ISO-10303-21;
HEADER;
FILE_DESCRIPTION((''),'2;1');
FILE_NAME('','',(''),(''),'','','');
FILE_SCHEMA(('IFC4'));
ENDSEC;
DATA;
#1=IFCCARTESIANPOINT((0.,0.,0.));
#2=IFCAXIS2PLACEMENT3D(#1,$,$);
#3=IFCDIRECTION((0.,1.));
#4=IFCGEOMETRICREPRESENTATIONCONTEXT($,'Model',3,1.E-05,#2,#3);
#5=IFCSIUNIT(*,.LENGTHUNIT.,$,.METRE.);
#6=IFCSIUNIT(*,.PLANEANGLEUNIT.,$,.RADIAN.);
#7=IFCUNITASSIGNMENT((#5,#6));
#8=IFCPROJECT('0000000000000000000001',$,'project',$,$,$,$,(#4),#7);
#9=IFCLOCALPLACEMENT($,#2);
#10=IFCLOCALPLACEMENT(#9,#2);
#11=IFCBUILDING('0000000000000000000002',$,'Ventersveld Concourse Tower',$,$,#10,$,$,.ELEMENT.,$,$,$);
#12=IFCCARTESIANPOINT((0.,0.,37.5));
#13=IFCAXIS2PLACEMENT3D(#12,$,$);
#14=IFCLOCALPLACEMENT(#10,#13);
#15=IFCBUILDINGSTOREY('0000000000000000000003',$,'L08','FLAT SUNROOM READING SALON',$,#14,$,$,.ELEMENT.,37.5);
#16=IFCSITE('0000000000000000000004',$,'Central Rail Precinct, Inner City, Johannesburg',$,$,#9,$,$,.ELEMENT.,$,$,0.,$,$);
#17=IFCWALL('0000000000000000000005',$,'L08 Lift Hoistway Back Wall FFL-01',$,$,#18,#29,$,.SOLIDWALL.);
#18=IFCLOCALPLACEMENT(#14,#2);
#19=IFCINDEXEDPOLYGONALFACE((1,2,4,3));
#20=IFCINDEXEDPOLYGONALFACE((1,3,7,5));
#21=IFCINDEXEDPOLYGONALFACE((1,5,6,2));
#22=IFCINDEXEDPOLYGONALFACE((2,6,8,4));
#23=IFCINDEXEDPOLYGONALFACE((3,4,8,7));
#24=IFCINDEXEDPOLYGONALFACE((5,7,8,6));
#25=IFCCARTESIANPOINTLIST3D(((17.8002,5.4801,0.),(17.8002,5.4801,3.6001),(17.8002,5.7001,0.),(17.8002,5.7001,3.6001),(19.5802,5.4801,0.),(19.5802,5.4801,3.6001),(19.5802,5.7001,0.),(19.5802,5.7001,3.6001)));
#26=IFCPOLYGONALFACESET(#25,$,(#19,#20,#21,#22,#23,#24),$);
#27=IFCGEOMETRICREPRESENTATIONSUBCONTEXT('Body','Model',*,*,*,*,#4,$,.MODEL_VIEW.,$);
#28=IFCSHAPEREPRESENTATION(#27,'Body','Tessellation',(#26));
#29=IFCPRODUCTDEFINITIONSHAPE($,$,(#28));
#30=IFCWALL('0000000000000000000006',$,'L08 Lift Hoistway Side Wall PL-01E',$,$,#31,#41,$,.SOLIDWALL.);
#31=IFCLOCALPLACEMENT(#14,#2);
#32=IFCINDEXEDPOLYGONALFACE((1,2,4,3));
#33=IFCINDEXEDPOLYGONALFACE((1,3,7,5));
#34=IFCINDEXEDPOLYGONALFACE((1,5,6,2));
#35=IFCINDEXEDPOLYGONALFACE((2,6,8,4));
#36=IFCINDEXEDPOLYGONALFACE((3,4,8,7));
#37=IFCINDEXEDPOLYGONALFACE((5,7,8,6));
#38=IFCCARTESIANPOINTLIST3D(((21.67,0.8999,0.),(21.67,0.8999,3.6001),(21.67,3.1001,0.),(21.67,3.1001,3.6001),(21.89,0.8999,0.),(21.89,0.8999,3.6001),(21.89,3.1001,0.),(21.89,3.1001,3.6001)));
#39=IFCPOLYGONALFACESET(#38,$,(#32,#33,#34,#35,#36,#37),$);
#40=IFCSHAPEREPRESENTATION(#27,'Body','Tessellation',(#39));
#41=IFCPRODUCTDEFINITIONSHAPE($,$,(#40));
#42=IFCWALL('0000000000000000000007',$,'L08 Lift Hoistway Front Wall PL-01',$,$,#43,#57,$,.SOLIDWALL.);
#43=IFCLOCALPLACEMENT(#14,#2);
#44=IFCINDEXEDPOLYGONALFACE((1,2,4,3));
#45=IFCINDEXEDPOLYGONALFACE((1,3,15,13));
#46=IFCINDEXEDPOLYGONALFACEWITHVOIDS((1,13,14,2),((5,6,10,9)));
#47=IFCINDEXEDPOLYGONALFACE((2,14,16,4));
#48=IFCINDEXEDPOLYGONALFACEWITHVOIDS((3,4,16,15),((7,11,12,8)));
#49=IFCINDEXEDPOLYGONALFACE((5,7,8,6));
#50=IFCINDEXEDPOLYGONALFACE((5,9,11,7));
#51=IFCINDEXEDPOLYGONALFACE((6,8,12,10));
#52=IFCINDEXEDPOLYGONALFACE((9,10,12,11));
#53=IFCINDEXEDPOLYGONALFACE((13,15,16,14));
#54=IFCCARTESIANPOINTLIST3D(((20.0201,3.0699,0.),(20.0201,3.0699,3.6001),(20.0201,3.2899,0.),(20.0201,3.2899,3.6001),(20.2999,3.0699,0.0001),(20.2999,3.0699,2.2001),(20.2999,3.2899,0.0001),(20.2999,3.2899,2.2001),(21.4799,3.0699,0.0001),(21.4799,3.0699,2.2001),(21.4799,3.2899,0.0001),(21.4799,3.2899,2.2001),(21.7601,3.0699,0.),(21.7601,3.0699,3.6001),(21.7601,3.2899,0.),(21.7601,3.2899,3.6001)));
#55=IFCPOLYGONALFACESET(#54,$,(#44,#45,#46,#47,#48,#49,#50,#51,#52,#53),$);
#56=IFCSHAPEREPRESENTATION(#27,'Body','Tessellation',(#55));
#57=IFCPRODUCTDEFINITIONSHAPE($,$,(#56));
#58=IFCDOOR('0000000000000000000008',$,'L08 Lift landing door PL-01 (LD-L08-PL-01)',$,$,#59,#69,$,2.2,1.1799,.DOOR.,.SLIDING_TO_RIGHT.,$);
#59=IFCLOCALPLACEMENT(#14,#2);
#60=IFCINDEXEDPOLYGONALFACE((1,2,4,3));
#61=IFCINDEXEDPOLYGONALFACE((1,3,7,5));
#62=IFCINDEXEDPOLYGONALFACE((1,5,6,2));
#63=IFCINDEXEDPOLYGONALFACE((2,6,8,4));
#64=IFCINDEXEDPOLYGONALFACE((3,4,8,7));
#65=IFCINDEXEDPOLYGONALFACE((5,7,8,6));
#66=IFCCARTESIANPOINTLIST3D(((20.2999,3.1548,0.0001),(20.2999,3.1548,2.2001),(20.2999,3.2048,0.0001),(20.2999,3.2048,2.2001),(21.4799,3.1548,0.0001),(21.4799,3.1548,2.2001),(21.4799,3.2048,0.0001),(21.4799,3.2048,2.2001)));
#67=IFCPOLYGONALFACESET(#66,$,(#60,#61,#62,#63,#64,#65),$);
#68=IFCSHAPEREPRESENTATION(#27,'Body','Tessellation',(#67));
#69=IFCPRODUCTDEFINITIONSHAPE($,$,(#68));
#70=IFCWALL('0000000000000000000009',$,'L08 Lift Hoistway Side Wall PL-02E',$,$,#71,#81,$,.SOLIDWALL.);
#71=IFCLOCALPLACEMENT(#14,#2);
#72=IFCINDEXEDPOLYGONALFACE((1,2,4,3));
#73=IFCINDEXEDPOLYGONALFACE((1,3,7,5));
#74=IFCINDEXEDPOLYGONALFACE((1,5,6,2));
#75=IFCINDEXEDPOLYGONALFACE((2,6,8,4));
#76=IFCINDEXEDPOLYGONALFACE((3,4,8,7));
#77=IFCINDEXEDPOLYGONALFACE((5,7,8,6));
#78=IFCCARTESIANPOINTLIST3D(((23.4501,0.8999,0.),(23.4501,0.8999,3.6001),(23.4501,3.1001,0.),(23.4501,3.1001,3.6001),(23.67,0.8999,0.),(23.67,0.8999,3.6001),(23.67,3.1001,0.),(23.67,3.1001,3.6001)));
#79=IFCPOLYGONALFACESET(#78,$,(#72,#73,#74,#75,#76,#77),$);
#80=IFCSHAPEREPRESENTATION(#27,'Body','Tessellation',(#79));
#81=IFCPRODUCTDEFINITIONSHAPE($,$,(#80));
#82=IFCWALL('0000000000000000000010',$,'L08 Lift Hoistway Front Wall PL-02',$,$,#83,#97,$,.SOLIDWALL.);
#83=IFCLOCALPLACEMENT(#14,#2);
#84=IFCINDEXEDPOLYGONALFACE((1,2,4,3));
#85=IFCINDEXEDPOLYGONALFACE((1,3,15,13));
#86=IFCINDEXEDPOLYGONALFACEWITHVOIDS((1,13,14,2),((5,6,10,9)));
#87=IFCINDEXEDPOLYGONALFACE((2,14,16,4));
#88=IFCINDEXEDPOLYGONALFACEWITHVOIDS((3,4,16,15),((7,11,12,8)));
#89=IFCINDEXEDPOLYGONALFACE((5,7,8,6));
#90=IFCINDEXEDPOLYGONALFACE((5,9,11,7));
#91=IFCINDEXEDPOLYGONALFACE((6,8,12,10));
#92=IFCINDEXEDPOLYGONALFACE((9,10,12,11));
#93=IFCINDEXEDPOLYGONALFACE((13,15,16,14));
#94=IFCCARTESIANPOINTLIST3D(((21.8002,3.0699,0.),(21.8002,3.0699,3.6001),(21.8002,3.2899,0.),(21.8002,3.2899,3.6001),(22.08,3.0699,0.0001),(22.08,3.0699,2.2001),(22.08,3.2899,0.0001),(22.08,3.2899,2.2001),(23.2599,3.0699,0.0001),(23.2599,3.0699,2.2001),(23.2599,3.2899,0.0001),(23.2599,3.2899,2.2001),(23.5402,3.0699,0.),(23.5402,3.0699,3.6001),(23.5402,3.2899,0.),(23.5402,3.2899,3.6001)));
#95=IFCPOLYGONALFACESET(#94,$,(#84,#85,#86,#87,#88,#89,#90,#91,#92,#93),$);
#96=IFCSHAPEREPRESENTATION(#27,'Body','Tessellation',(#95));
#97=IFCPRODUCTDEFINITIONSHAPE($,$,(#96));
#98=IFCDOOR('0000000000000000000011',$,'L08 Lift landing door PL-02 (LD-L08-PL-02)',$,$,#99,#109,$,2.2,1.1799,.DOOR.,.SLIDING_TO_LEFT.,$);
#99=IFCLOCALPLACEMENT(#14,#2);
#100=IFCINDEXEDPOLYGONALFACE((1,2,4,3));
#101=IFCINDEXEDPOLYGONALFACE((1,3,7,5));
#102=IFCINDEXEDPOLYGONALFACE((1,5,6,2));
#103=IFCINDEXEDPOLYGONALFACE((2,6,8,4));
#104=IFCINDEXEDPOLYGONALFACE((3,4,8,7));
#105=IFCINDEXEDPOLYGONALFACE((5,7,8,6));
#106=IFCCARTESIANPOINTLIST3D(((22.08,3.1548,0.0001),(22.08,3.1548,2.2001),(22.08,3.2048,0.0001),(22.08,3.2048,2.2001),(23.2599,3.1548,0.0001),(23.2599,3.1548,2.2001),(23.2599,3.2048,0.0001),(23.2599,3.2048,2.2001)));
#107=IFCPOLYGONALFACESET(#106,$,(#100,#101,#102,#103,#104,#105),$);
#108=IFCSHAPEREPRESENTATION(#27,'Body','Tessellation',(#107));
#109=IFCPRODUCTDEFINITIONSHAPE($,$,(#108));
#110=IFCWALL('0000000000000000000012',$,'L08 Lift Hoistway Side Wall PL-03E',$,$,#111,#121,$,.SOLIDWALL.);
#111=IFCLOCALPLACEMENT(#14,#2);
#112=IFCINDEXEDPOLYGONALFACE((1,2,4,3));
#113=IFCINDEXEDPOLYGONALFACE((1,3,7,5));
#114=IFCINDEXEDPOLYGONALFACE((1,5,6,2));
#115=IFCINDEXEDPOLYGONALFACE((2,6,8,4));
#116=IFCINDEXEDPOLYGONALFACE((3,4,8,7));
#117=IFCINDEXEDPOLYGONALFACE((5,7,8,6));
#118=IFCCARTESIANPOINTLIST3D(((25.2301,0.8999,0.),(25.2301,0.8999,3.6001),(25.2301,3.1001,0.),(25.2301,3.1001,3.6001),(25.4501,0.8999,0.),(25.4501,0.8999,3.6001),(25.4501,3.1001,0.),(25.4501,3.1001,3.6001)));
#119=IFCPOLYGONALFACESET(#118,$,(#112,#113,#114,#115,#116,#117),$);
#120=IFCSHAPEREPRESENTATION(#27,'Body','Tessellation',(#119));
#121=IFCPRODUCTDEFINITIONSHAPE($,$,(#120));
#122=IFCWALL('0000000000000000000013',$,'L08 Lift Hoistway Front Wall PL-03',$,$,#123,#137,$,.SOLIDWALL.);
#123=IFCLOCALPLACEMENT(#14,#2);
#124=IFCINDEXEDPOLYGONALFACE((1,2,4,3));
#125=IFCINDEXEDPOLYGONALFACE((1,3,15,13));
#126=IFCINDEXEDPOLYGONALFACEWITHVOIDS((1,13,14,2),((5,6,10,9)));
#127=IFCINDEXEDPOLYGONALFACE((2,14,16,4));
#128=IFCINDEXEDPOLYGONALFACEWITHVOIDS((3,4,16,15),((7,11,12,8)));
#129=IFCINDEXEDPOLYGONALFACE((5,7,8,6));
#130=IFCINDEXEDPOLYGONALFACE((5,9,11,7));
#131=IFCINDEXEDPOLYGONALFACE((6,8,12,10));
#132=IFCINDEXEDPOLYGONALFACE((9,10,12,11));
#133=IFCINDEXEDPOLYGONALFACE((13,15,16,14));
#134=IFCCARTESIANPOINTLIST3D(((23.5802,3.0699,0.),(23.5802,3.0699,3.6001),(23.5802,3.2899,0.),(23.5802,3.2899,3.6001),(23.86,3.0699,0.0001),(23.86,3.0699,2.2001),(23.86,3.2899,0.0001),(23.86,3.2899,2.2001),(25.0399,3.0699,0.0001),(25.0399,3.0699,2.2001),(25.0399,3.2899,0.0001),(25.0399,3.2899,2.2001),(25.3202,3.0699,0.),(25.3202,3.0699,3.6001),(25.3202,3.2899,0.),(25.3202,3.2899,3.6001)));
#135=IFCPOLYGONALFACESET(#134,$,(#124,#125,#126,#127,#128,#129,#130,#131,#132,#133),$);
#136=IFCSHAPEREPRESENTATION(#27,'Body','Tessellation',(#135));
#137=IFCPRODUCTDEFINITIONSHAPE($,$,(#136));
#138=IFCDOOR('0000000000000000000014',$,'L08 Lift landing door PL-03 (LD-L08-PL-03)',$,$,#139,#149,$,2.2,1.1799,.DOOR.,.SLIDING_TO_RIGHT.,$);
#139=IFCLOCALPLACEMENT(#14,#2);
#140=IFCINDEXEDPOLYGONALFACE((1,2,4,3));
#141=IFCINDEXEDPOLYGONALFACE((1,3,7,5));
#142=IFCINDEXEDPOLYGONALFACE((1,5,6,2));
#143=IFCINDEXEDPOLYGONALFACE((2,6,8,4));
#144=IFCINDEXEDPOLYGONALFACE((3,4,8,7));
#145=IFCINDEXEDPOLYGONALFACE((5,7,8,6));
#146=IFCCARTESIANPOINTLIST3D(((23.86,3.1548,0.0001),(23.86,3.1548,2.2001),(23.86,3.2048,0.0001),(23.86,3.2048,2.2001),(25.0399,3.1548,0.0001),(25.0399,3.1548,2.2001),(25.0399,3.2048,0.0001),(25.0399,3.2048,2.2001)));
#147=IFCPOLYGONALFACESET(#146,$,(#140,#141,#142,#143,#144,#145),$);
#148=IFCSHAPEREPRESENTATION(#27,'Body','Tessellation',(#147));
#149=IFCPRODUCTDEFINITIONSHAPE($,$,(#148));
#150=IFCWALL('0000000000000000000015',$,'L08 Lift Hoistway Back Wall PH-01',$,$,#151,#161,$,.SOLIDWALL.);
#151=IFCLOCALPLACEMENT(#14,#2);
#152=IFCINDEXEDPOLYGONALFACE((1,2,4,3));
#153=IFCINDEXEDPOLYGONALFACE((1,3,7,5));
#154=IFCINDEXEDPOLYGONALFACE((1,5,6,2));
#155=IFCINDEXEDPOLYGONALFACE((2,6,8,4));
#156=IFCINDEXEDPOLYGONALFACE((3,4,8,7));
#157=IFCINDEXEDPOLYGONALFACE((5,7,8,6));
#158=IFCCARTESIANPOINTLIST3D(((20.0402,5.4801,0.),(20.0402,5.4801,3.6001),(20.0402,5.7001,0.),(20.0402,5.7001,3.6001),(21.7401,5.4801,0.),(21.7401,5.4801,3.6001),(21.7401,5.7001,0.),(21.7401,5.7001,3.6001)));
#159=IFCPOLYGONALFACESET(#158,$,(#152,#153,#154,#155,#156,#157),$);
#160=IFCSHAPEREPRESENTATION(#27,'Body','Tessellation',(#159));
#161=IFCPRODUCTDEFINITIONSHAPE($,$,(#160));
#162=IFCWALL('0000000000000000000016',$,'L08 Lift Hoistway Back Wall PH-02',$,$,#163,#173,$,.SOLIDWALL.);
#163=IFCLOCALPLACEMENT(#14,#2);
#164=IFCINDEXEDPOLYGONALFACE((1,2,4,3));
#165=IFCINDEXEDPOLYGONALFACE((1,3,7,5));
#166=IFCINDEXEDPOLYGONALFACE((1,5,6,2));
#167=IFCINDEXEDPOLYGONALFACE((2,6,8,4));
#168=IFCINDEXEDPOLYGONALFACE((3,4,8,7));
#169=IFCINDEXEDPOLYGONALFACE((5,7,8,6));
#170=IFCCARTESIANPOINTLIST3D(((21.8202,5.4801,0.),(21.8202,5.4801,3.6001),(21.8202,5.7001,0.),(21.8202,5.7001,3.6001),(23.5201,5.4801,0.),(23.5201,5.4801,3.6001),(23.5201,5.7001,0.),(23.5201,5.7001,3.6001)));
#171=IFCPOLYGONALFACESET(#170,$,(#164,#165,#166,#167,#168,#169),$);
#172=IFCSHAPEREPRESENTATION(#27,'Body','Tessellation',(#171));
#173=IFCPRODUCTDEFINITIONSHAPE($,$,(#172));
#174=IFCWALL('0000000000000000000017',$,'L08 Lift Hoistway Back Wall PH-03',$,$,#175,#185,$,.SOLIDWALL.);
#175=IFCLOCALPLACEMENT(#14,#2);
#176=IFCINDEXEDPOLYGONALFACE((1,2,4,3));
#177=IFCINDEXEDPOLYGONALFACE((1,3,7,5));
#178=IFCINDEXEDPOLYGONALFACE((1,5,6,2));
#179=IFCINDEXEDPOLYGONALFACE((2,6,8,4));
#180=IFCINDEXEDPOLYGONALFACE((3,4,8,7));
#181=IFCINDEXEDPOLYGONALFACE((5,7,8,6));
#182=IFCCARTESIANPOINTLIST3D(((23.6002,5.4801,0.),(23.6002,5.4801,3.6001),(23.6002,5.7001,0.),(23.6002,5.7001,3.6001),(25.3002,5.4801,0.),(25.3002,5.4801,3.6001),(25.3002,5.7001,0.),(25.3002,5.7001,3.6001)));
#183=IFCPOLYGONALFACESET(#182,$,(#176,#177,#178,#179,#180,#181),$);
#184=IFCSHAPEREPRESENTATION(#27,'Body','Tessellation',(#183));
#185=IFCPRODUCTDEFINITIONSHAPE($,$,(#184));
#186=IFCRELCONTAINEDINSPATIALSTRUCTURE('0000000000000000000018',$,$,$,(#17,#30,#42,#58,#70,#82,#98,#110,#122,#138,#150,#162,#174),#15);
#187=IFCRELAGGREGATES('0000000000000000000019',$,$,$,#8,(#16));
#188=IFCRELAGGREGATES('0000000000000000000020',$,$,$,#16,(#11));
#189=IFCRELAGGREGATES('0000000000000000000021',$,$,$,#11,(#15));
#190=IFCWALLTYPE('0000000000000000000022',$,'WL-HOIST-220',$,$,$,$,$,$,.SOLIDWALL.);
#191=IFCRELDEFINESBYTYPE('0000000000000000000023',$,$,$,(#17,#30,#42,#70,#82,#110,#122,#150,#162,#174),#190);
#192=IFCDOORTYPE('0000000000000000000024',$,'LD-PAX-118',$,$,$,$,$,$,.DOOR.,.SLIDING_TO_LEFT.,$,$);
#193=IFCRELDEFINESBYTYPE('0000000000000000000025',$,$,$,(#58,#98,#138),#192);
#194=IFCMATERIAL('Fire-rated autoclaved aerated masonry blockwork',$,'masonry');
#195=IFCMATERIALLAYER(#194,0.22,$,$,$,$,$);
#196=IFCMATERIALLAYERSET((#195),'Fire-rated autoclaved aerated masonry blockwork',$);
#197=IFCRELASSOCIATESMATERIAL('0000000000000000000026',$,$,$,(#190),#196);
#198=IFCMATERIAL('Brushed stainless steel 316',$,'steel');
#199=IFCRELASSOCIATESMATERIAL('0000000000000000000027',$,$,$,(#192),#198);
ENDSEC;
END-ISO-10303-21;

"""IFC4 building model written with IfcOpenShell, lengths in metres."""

from ifc_helpers import new_model, si_unit, direction, frame, frame_2d, origin, place, context, subcontext, project, spatial, rectangle, extrude, material, layer, layer_set, type_object, element, fill, save


model = new_model("IFC4")

# Units and contexts
model_context = context("Model", 3, precision=1e-05, world=origin(), true_north=direction((0.0, 1.0)))
body_context = subcontext(model_context, "Body", "Model", "MODEL_VIEW")
ifc_project = project(units=[si_unit("LENGTHUNIT", "METRE"), si_unit("PLANEANGLEUNIT", "RADIAN")], contexts=[model_context])

# Site, building, storey
site_placement = place(None, origin())
site = spatial("IfcSite", under=ifc_project, at=site_placement, Name="Central Rail Precinct, Inner City, Johannesburg", CompositionType="ELEMENT", RefElevation=0.0)
building_placement = place(site_placement, origin())
building = spatial("IfcBuilding", under=site, at=building_placement, Name="Ventersveld Concourse Tower", CompositionType="ELEMENT")
storey_placement = place(building_placement, frame((0.0, 0.0, 37.5)))
storey = spatial("IfcBuildingStorey", under=building, at=storey_placement, Name="L08", Description="FLAT SUNROOM READING SALON", CompositionType="ELEMENT", Elevation=37.5)

# Walls
ifc_material_1 = material(Name="Fire-rated autoclaved aerated masonry blockwork", Category="masonry")
ifc_layer_1 = layer(ifc_material_1, 0.22)
ifc_layer_set_1 = layer_set([ifc_layer_1], Name="Fire-rated autoclaved aerated masonry blockwork")
wall_type_1 = type_object("IfcWallType", Name="WL-HOIST-220", PredefinedType="SOLIDWALL", material=ifc_layer_set_1)
wall_1_placement = place(storey_placement, frame((17.8, 5.5901, 0.0), z_axis=(0.0, 0.0, 1.0), x_axis=(1.0, 0.0, 0.0)))
element("IfcWall", 1, at=wall_1_placement, inside=storey, type_object=wall_type_1, Name="L08 Lift Hoistway Back Wall FFL-01", PredefinedType="SOLIDWALL", context=body_context, shape_type="SweptSolid", body=[
    extrude(rectangle(XDim=1.78, YDim=0.22, at=frame_2d((0.8901, 0.0))), origin(), (0.0, 0.0, 1.0), 3.6001),
])
wall_2_placement = place(storey_placement, frame((21.78, 0.8999, 0.0), z_axis=(0.0, 0.0, 1.0), x_axis=(0.0, 1.0, 0.0)))
element("IfcWall", 2, at=wall_2_placement, inside=storey, type_object=wall_type_1, Name="L08 Lift Hoistway Side Wall PL-01E", PredefinedType="SOLIDWALL", context=body_context, shape_type="SweptSolid", body=[
    extrude(rectangle(XDim=2.2002, YDim=0.22, at=frame_2d((1.1001, 0.0))), origin(), (0.0, 0.0, 1.0), 3.6001),
])

# Wall, opening, door
wall_3_placement = place(storey_placement, frame((20.02, 3.1799, 0.0), z_axis=(0.0, 0.0, 1.0), x_axis=(1.0, 0.0, 0.0)))
wall_3 = element("IfcWall", 3, at=wall_3_placement, inside=storey, type_object=wall_type_1, Name="L08 Lift Hoistway Front Wall PL-01", PredefinedType="SOLIDWALL", context=body_context, shape_type="SweptSolid", body=[
    extrude(rectangle(XDim=1.74, YDim=0.22, at=frame_2d((0.8701, 0.0))), origin(), (0.0, 0.0, 1.0), 3.6001),
])
opening_1_placement = place(wall_3_placement, frame((0.28, 0.0, 0.0)))
opening_1 = element("IfcOpeningElement", 4, at=opening_1_placement, cuts=wall_3, PredefinedType="OPENING", context=body_context, shape_type="SweptSolid", body=[
    extrude(rectangle(XDim=1.1799, YDim=2.2, at=frame_2d((0.5898, 1.1001))), frame((0.0, 0.1201, 0.0), z_axis=(0.0, -1.0, 0.0), x_axis=(1.0, 0.0, 0.0)), (0.0, 0.0, 1.0), 0.24),
])
ifc_material_2 = material(Name="Brushed stainless steel 316", Category="steel")
door_type = type_object("IfcDoorType", Name="LD-PAX-118", OperationType="SLIDING_TO_LEFT", PredefinedType="DOOR", material=ifc_material_2)
door_1_placement = place(opening_1_placement, origin())
door_1 = element("IfcDoor", 5, at=door_1_placement, inside=storey, type_object=door_type, Name="L08 Lift landing door PL-01 (LD-L08-PL-01)", OperationType="SLIDING_TO_RIGHT", OverallHeight=2.2, OverallWidth=1.1799, PredefinedType="DOOR", context=body_context, shape_type="SweptSolid", body=[
    extrude(rectangle(XDim=1.1799, YDim=2.2, at=frame_2d((0.5898, 1.1001))), frame((0.0, 0.0249, 0.0), z_axis=(0.0, -1.0, 0.0), x_axis=(1.0, 0.0, 0.0)), (0.0, 0.0, 1.0), 0.05),
])
fill(opening_1, door_1)

# Wall
wall_4_placement = place(storey_placement, frame((23.5601, 0.8999, 0.0), z_axis=(0.0, 0.0, 1.0), x_axis=(0.0, 1.0, 0.0)))
element("IfcWall", 6, at=wall_4_placement, inside=storey, type_object=wall_type_1, Name="L08 Lift Hoistway Side Wall PL-02E", PredefinedType="SOLIDWALL", context=body_context, shape_type="SweptSolid", body=[
    extrude(rectangle(XDim=2.2002, YDim=0.22, at=frame_2d((1.1001, 0.0))), origin(), (0.0, 0.0, 1.0), 3.6001),
])

# Wall, opening, door
wall_5_placement = place(storey_placement, frame((21.8, 3.1799, 0.0), z_axis=(0.0, 0.0, 1.0), x_axis=(1.0, 0.0, 0.0)))
wall_5 = element("IfcWall", 7, at=wall_5_placement, inside=storey, type_object=wall_type_1, Name="L08 Lift Hoistway Front Wall PL-02", PredefinedType="SOLIDWALL", context=body_context, shape_type="SweptSolid", body=[
    extrude(rectangle(XDim=1.74, YDim=0.22, at=frame_2d((0.8701, 0.0))), origin(), (0.0, 0.0, 1.0), 3.6001),
])
opening_2_placement = place(wall_5_placement, frame((0.28, 0.0, 0.0)))
opening_2 = element("IfcOpeningElement", 8, at=opening_2_placement, cuts=wall_5, PredefinedType="OPENING", context=body_context, shape_type="SweptSolid", body=[
    extrude(rectangle(XDim=1.1799, YDim=2.2, at=frame_2d((0.5898, 1.1001))), frame((0.0, 0.1201, 0.0), z_axis=(0.0, -1.0, 0.0), x_axis=(1.0, 0.0, 0.0)), (0.0, 0.0, 1.0), 0.24),
])
door_2_placement = place(opening_2_placement, origin())
door_2 = element("IfcDoor", 9, at=door_2_placement, inside=storey, type_object=door_type, Name="L08 Lift landing door PL-02 (LD-L08-PL-02)", OperationType="SLIDING_TO_LEFT", OverallHeight=2.2, OverallWidth=1.1799, PredefinedType="DOOR", context=body_context, shape_type="SweptSolid", body=[
    extrude(rectangle(XDim=1.1799, YDim=2.2, at=frame_2d((0.5898, 1.1001))), frame((0.0, 0.0249, 0.0), z_axis=(0.0, -1.0, 0.0), x_axis=(1.0, 0.0, 0.0)), (0.0, 0.0, 1.0), 0.05),
])
fill(opening_2, door_2)

# Wall
wall_6_placement = place(storey_placement, frame((25.3401, 0.8999, 0.0), z_axis=(0.0, 0.0, 1.0), x_axis=(0.0, 1.0, 0.0)))
element("IfcWall", 10, at=wall_6_placement, inside=storey, type_object=wall_type_1, Name="L08 Lift Hoistway Side Wall PL-03E", PredefinedType="SOLIDWALL", context=body_context, shape_type="SweptSolid", body=[
    extrude(rectangle(XDim=2.2002, YDim=0.22, at=frame_2d((1.1001, 0.0))), origin(), (0.0, 0.0, 1.0), 3.6001),
])

# Wall, opening, door
wall_7_placement = place(storey_placement, frame((23.5801, 3.1799, 0.0), z_axis=(0.0, 0.0, 1.0), x_axis=(1.0, 0.0, 0.0)))
wall_7 = element("IfcWall", 11, at=wall_7_placement, inside=storey, type_object=wall_type_1, Name="L08 Lift Hoistway Front Wall PL-03", PredefinedType="SOLIDWALL", context=body_context, shape_type="SweptSolid", body=[
    extrude(rectangle(XDim=1.74, YDim=0.22, at=frame_2d((0.8701, 0.0))), origin(), (0.0, 0.0, 1.0), 3.6001),
])
opening_3_placement = place(wall_7_placement, frame((0.28, 0.0, 0.0)))
opening_3 = element("IfcOpeningElement", 12, at=opening_3_placement, cuts=wall_7, PredefinedType="OPENING", context=body_context, shape_type="SweptSolid", body=[
    extrude(rectangle(XDim=1.1799, YDim=2.2, at=frame_2d((0.5898, 1.1001))), frame((0.0, 0.1201, 0.0), z_axis=(0.0, -1.0, 0.0), x_axis=(1.0, 0.0, 0.0)), (0.0, 0.0, 1.0), 0.24),
])
door_3_placement = place(opening_3_placement, origin())
door_3 = element("IfcDoor", 13, at=door_3_placement, inside=storey, type_object=door_type, Name="L08 Lift landing door PL-03 (LD-L08-PL-03)", OperationType="SLIDING_TO_RIGHT", OverallHeight=2.2, OverallWidth=1.1799, PredefinedType="DOOR", context=body_context, shape_type="SweptSolid", body=[
    extrude(rectangle(XDim=1.1799, YDim=2.2, at=frame_2d((0.5898, 1.1001))), frame((0.0, 0.0249, 0.0), z_axis=(0.0, -1.0, 0.0), x_axis=(1.0, 0.0, 0.0)), (0.0, 0.0, 1.0), 0.05),
])
fill(opening_3, door_3)

# Walls
for number, where, z_axis, x_axis, name in (
    (14, (20.04, 5.5901, 0.0), (0.0, 0.0, 1.0), (1.0, 0.0, 0.0), "L08 Lift Hoistway Back Wall PH-01"),
    (15, (21.8201, 5.5901, 0.0), (0.0, 0.0, 1.0), (1.0, 0.0, 0.0), "L08 Lift Hoistway Back Wall PH-02"),
    (16, (23.6001, 5.5901, 0.0), (0.0, 0.0, 1.0), (1.0, 0.0, 0.0), "L08 Lift Hoistway Back Wall PH-03"),
):
    element("IfcWall", number, at=place(storey_placement, frame(where, z_axis=z_axis, x_axis=x_axis)), inside=storey, type_object=wall_type_1, Name=name, PredefinedType="SOLIDWALL", context=body_context, shape_type="SweptSolid", body=[
        extrude(rectangle(XDim=1.7, YDim=0.22, at=frame_2d((0.8501, 0.0))), origin(), (0.0, 0.0, 1.0), 3.6001),
    ])

save(model, "model.ifc")
